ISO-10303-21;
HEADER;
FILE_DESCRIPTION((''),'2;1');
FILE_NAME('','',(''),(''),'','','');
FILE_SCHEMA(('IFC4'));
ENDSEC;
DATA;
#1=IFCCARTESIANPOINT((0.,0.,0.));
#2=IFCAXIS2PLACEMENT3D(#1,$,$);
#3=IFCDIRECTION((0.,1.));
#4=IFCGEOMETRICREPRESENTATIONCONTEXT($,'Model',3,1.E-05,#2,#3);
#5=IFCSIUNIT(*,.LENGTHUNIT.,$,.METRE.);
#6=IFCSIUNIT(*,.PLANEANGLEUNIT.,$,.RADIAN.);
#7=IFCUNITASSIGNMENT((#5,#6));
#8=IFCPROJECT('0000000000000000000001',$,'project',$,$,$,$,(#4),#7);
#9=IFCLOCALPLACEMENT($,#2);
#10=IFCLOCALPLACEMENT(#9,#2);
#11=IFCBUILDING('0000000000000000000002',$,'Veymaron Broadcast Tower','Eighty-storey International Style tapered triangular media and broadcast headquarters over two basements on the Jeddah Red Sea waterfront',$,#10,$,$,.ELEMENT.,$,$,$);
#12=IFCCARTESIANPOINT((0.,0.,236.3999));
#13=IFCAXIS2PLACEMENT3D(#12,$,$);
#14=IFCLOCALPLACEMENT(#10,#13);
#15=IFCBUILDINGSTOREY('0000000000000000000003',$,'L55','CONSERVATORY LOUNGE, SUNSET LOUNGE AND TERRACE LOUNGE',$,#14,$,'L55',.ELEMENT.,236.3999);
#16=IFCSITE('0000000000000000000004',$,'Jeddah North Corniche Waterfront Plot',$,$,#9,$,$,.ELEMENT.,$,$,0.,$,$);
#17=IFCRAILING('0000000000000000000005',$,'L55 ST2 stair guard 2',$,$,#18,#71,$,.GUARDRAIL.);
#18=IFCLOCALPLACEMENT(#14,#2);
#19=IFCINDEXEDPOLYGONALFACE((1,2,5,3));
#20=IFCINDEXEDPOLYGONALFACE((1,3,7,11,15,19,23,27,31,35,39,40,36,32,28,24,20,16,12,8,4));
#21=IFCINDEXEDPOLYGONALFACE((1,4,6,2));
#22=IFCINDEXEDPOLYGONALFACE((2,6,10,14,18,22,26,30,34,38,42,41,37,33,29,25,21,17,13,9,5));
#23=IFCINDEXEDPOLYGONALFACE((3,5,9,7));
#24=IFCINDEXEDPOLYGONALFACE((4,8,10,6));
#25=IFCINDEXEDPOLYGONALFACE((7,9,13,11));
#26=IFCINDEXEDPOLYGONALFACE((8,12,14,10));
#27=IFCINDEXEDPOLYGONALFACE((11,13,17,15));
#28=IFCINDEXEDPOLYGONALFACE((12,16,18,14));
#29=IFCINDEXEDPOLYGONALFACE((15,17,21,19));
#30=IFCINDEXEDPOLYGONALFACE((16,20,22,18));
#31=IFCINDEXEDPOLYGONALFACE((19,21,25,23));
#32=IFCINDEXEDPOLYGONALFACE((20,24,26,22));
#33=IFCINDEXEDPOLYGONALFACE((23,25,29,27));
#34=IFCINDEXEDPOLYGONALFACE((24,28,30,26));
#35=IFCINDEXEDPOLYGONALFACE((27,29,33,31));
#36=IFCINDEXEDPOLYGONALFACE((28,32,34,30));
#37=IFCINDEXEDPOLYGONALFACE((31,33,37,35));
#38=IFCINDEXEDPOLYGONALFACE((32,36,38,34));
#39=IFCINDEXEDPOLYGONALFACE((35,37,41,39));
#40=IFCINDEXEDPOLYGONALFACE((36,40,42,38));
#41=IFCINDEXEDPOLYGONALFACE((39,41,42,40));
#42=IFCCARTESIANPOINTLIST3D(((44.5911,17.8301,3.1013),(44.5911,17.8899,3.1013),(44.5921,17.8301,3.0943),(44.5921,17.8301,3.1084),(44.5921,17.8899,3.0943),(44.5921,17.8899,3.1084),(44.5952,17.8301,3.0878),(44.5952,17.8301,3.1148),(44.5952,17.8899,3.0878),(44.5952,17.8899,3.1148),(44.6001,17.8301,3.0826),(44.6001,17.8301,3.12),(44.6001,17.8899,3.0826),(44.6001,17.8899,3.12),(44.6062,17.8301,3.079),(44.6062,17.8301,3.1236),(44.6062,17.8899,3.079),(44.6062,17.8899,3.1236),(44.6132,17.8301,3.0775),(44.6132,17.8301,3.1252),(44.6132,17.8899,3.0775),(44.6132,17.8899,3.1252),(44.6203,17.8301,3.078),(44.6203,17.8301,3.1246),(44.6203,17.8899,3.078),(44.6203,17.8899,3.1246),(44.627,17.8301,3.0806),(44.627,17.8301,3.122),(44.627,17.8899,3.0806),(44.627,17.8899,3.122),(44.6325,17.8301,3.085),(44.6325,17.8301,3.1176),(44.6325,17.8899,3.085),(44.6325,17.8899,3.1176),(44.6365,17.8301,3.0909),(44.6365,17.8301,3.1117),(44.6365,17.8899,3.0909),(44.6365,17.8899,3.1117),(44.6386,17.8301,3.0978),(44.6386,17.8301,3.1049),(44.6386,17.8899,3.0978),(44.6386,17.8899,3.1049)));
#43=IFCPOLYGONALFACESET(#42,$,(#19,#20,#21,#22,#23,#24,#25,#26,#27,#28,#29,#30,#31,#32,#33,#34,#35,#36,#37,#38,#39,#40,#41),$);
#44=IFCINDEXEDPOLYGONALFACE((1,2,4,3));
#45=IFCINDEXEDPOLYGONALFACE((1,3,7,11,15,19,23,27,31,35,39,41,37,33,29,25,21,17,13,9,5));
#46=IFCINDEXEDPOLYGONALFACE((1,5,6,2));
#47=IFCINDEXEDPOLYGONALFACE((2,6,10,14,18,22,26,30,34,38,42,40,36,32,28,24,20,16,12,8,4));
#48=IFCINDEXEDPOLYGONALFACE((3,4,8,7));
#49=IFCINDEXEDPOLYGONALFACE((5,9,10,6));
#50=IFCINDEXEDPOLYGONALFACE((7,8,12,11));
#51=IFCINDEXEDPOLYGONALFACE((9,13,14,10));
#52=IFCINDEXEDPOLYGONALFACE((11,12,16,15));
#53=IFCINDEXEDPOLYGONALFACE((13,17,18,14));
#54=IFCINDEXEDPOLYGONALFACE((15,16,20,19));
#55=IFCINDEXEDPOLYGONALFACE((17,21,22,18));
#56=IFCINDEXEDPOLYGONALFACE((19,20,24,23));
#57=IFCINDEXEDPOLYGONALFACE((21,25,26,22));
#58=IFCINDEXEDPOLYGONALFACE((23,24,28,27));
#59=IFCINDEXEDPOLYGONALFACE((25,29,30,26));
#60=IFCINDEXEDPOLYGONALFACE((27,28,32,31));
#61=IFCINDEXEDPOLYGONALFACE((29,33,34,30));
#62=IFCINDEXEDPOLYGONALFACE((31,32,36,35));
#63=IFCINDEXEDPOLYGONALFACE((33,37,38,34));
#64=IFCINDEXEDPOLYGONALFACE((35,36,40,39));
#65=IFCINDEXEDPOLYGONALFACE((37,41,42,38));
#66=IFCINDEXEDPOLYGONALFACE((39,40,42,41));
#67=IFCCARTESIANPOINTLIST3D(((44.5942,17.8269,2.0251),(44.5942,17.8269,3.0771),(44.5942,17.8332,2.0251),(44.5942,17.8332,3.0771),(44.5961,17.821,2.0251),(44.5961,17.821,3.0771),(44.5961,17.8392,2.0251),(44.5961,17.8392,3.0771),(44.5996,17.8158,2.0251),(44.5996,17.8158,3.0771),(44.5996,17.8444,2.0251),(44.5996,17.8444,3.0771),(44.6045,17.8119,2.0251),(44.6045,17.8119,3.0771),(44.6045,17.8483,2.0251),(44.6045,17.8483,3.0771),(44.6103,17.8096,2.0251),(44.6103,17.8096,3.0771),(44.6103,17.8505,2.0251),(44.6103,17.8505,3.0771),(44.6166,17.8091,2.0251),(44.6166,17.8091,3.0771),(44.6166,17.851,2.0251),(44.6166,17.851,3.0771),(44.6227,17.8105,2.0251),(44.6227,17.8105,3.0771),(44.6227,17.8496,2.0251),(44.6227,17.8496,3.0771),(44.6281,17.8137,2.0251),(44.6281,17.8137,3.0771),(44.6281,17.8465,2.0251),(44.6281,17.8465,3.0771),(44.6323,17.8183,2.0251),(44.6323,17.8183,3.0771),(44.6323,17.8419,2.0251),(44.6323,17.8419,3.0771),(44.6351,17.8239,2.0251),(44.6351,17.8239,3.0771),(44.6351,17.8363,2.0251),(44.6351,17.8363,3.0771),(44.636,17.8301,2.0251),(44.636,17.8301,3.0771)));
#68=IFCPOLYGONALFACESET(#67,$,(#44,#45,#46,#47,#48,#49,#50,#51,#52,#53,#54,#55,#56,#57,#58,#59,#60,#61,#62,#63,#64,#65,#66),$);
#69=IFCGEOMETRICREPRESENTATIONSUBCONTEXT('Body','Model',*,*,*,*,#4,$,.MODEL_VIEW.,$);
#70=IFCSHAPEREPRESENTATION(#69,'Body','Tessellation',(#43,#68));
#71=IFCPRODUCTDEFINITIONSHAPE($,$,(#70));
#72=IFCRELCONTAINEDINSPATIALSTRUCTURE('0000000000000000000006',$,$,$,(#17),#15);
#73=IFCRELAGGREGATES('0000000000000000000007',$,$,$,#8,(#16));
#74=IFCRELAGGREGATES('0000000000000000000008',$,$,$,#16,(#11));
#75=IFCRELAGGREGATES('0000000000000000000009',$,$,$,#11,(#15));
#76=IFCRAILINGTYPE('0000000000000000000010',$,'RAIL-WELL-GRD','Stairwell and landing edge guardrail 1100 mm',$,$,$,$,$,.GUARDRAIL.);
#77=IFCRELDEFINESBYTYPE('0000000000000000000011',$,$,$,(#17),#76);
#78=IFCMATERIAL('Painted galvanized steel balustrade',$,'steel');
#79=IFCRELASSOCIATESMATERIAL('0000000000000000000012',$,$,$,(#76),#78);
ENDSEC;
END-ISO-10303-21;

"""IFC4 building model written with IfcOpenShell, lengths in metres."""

from ifc_helpers import new_model, si_unit, direction, frame, origin, origin_2d, place, context, subcontext, project, spatial, circle, extrude, material, type_object, element, save


model = new_model("IFC4")

# Units and contexts
model_context = context("Model", 3, precision=1e-05, world=origin(), true_north=direction((0.0, 1.0)))
body_context = subcontext(model_context, "Body", "Model", "MODEL_VIEW")
ifc_project = project(units=[si_unit("LENGTHUNIT", "METRE"), si_unit("PLANEANGLEUNIT", "RADIAN")], contexts=[model_context])

# Site, building, storey
site_placement = place(None, origin())
site = spatial("IfcSite", under=ifc_project, at=site_placement, Name="Jeddah North Corniche Waterfront Plot", CompositionType="ELEMENT", RefElevation=0.0)
building_placement = place(site_placement, origin())
building = spatial("IfcBuilding", under=site, at=building_placement, Name="Veymaron Broadcast Tower", Description="Eighty-storey International Style tapered triangular media and broadcast headquarters over two basements on the Jeddah Red Sea waterfront", CompositionType="ELEMENT")
storey_placement = place(building_placement, frame((0.0, 0.0, 236.3999)))
storey = spatial("IfcBuildingStorey", under=building, at=storey_placement, Name="L55", Description="CONSERVATORY LOUNGE, SUNSET LOUNGE AND TERRACE LOUNGE", LongName="L55", CompositionType="ELEMENT", Elevation=236.3999)

# Railing
ifc_material_1 = material(Name="Painted galvanized steel balustrade", Category="steel")
railing_type_1 = type_object("IfcRailingType", Name="RAIL-WELL-GRD", Description="Stairwell and landing edge guardrail 1100 mm", PredefinedType="GUARDRAIL", material=ifc_material_1)
railing_1_placement = place(storey_placement, frame((44.615, 17.8301, 2.0251)))
element("IfcRailing", 1, at=railing_1_placement, inside=storey, type_object=railing_type_1, Name="L55 ST2 stair guard 2", PredefinedType="GUARDRAIL", context=body_context, shape_type="SweptSolid", body=[
    extrude(circle(Radius=0.0239, at=origin_2d()), frame((0.0, 0.0, 1.0762), z_axis=(0.0, 1.0, 0.0), x_axis=(-1.0, 0.0, 0.0)), (0.0, 0.0, 1.0), 0.0598),
    extrude(circle(Radius=0.021, at=origin_2d()), origin(), (0.0, 0.0, 1.0), 1.052),
])

save(model, "model.ifc")
